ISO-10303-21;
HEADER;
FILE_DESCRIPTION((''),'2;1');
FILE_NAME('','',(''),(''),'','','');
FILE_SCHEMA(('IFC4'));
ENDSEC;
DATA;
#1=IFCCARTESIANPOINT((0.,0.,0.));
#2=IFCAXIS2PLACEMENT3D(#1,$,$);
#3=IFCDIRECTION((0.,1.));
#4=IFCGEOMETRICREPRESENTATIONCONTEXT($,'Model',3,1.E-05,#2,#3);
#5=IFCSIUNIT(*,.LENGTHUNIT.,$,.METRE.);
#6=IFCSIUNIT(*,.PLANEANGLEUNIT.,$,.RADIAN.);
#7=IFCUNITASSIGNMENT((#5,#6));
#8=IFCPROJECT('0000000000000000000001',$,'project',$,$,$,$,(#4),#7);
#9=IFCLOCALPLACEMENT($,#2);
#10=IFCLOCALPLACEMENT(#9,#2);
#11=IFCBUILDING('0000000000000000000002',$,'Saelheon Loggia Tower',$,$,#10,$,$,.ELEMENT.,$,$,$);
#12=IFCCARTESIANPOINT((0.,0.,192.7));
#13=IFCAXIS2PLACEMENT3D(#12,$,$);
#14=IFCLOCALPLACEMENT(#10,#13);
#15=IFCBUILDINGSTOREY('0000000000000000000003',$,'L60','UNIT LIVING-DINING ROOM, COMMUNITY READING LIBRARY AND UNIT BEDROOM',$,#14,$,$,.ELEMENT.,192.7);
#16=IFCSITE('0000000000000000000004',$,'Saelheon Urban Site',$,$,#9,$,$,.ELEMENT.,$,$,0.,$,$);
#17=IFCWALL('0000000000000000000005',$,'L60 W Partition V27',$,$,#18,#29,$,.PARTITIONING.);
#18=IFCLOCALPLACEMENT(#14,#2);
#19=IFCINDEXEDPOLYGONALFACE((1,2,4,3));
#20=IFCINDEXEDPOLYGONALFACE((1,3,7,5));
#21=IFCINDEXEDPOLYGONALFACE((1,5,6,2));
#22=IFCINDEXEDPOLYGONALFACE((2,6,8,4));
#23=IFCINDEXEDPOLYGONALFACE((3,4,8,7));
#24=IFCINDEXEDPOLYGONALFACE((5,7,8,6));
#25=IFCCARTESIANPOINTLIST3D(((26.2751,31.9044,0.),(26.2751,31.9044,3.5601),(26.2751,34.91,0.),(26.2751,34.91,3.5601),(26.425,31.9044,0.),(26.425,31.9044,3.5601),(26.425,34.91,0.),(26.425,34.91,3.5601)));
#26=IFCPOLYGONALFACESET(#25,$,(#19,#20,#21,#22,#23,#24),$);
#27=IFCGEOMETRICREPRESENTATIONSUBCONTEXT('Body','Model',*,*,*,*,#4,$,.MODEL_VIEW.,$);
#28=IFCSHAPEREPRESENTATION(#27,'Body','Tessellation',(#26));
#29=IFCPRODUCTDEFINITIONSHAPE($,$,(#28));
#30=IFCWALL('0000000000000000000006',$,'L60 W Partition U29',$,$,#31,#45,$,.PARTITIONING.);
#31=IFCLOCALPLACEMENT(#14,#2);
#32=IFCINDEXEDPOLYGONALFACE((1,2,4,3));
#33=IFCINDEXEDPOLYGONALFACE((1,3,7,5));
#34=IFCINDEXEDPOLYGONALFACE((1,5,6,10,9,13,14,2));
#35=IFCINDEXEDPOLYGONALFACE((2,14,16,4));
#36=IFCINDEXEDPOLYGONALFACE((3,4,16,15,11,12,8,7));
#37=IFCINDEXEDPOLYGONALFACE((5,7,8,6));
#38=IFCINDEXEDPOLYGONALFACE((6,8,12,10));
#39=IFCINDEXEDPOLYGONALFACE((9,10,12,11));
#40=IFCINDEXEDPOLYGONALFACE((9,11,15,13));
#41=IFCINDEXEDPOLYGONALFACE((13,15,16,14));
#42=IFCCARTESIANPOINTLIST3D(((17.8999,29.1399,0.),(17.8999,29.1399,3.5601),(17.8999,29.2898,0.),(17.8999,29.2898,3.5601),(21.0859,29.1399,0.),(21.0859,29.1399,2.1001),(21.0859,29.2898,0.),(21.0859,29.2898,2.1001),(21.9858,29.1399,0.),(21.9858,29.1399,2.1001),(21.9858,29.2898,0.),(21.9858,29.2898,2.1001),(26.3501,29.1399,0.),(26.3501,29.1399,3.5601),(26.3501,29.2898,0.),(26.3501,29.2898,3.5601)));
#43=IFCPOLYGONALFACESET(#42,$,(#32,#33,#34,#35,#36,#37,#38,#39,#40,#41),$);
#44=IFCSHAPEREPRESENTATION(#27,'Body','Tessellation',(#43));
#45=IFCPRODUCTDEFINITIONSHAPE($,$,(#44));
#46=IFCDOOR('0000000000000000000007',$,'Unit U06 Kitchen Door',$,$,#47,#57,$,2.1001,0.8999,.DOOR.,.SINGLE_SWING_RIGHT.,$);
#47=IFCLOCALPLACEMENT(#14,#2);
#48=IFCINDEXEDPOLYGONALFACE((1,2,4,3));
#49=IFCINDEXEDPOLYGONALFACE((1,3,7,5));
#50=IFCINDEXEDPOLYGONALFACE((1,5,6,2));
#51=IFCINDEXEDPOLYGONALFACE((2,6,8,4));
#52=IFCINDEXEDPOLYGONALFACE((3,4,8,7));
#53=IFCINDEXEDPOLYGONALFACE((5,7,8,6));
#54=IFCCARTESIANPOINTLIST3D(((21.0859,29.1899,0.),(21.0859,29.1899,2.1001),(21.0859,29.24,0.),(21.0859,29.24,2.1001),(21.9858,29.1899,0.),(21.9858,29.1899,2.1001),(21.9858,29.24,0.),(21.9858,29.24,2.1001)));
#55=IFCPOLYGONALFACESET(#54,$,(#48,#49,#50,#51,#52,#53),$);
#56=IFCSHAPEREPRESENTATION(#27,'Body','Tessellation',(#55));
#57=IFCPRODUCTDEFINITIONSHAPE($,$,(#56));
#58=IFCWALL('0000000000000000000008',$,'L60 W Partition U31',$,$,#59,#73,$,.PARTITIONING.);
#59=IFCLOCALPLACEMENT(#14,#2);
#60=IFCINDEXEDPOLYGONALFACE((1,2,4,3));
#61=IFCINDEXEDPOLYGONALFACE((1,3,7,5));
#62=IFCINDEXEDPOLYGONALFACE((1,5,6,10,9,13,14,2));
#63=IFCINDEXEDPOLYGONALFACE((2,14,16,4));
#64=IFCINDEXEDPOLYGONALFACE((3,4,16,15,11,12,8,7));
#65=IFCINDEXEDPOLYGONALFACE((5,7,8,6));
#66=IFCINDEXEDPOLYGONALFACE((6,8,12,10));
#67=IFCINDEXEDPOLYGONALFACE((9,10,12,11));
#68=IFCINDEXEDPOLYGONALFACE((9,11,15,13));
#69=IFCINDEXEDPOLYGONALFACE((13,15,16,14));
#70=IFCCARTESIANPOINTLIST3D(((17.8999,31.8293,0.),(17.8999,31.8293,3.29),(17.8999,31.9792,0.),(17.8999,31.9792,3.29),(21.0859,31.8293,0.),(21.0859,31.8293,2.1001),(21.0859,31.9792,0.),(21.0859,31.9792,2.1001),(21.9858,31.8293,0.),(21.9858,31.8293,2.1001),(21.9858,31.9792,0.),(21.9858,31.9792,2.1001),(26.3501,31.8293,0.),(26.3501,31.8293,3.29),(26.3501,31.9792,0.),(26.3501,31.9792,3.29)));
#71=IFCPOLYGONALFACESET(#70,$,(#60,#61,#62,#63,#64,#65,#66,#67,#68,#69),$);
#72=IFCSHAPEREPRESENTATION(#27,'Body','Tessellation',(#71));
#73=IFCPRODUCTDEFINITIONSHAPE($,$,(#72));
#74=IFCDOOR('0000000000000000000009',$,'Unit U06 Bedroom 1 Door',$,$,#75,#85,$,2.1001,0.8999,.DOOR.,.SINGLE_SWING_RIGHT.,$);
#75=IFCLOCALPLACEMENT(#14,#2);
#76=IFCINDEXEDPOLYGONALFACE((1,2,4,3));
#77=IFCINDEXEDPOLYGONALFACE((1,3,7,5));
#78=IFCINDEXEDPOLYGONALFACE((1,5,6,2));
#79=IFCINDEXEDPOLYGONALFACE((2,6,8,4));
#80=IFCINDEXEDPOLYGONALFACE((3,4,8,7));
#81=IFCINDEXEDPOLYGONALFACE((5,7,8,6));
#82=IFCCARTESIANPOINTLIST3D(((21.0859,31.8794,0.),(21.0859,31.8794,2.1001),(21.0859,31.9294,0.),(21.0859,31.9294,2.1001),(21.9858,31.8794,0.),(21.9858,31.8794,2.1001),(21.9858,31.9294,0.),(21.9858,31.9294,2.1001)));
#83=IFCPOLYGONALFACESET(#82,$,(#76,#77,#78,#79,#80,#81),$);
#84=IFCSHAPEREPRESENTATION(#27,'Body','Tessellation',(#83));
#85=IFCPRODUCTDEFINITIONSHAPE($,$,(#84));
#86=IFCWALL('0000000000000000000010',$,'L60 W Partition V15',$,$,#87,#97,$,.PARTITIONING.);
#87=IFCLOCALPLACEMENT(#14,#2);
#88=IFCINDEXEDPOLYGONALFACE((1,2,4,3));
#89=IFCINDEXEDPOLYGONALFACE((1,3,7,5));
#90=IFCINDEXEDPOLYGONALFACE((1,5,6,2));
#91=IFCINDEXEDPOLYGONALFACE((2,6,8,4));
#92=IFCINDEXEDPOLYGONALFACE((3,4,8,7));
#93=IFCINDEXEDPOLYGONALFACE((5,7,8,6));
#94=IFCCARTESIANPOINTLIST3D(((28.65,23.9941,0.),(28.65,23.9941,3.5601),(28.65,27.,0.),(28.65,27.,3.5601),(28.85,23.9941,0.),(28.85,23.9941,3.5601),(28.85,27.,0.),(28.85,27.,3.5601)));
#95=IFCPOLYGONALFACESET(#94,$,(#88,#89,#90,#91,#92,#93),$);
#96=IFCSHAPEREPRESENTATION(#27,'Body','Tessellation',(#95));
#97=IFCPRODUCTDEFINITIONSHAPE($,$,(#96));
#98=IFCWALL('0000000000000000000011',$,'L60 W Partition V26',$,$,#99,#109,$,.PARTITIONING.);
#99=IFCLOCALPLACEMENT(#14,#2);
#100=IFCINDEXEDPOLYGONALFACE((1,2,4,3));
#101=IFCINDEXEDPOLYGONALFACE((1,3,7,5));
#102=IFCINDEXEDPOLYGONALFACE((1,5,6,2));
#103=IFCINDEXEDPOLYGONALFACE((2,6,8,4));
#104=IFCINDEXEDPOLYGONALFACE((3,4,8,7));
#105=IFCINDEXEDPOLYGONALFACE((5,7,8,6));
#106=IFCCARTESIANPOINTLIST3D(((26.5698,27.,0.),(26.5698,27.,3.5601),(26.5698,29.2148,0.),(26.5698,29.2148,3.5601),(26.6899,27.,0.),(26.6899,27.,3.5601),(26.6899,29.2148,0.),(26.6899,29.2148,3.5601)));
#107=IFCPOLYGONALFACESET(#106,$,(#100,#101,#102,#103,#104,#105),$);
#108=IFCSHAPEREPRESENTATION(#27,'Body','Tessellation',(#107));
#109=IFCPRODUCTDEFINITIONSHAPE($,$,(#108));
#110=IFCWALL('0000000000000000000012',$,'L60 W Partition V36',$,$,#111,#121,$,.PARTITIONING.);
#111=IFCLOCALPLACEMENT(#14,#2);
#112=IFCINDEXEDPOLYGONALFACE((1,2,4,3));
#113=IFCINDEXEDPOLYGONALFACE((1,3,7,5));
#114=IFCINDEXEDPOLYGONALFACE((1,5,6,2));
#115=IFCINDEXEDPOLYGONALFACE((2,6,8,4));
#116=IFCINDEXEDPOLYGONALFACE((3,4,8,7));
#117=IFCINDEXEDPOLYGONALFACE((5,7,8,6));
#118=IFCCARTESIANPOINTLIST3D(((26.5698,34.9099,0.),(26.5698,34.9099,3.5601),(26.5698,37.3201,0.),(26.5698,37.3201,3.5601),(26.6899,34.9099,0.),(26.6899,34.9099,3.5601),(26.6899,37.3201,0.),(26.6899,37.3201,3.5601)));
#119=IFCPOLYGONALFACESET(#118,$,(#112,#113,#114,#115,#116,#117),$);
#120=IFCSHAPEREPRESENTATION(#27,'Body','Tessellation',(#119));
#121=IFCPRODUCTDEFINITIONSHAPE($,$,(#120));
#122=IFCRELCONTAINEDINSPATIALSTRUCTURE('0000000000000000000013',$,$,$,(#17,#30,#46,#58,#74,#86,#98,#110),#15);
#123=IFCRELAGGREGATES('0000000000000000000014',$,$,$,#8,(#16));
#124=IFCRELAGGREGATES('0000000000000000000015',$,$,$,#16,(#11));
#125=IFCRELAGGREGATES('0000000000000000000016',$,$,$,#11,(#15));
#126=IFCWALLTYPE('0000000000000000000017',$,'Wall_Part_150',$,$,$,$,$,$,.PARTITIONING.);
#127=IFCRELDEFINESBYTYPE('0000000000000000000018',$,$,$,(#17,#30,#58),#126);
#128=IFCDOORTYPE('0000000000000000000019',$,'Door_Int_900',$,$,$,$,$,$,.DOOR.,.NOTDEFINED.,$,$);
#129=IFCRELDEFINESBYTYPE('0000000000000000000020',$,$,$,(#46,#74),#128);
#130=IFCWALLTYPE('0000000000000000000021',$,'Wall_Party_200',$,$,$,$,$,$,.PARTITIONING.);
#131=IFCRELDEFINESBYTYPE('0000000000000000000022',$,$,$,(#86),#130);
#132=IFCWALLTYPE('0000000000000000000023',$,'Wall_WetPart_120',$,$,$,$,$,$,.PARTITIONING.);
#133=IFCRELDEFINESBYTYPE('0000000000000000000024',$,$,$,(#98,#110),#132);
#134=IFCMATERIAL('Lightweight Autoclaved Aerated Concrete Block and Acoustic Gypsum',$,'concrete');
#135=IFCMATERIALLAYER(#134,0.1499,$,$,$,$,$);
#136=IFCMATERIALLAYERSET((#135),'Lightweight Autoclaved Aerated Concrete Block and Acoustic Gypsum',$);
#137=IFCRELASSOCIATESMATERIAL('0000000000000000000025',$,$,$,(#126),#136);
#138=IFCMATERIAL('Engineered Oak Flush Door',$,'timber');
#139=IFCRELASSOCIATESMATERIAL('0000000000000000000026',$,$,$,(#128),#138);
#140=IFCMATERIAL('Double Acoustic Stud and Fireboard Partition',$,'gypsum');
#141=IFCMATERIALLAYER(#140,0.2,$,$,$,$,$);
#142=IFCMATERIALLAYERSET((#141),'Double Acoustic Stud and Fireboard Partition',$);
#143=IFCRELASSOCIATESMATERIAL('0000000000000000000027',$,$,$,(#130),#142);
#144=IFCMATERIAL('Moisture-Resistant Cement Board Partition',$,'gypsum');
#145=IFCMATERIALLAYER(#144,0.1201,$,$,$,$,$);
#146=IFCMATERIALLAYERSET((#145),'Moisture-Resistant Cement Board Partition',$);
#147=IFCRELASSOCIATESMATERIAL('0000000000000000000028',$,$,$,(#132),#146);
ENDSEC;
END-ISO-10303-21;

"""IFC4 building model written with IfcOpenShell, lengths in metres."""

from ifc_helpers import new_model, si_unit, direction, frame, frame_2d, origin, place, context, subcontext, project, spatial, rectangle, extrude, source, transform, mapped, material, layer, layer_set, type_object, element, fill, save


model = new_model("IFC4")

# Units and contexts
model_context = context("Model", 3, precision=1e-05, world=origin(), true_north=direction((0.0, 1.0)))
body_context = subcontext(model_context, "Body", "Model", "MODEL_VIEW")
ifc_project = project(units=[si_unit("LENGTHUNIT", "METRE"), si_unit("PLANEANGLEUNIT", "RADIAN")], contexts=[model_context])

# Site, building, storey
site_placement = place(None, origin())
site = spatial("IfcSite", under=ifc_project, at=site_placement, Name="Saelheon Urban Site", CompositionType="ELEMENT", RefElevation=0.0)
building_placement = place(site_placement, origin())
building = spatial("IfcBuilding", under=site, at=building_placement, Name="Saelheon Loggia Tower", CompositionType="ELEMENT")
storey_placement = place(building_placement, frame((0.0, 0.0, 192.7)))
storey = spatial("IfcBuildingStorey", under=building, at=storey_placement, Name="L60", Description="UNIT LIVING-DINING ROOM, COMMUNITY READING LIBRARY AND UNIT BEDROOM", CompositionType="ELEMENT", Elevation=192.7)

# Shared definitions
ifc_material_1 = material(Name="Lightweight Autoclaved Aerated Concrete Block and Acoustic Gypsum", Category="concrete")
ifc_layer_1 = layer(ifc_material_1, 0.1499)
ifc_layer_set_1 = layer_set([ifc_layer_1], Name="Lightweight Autoclaved Aerated Concrete Block and Acoustic Gypsum")
wall_type_1 = type_object("IfcWallType", Name="Wall_Part_150", PredefinedType="PARTITIONING", material=ifc_layer_set_1)

# Shared definitions
ifc_material_2 = material(Name="Engineered Oak Flush Door", Category="timber")
door_type = type_object("IfcDoorType", Name="Door_Int_900", OperationType="NOTDEFINED", PredefinedType="DOOR", material=ifc_material_2)
shared_shape_1 = source(origin(), body_context, "Body", "SweptSolid", [
    extrude(rectangle(XDim=0.8999, YDim=2.1001, at=frame_2d((0.45, 1.05))), frame((0.0, 0.0249, 0.0), z_axis=(0.0, -1.0, 0.0), x_axis=(1.0, 0.0, 0.0)), (0.0, 0.0, 1.0), 0.05),
])

# Wall
wall_1_placement = place(storey_placement, frame((26.3501, 31.9043, 0.0), z_axis=(0.0, 0.0, 1.0), x_axis=(0.0, 1.0, 0.0)))
element("IfcWall", 1, at=wall_1_placement, inside=storey, type_object=wall_type_1, Name="L60 W Partition V27", PredefinedType="PARTITIONING", context=body_context, shape_type="SweptSolid", body=[
    extrude(rectangle(XDim=3.0056, YDim=0.1499, at=frame_2d((1.5029, 0.0))), origin(), (0.0, 0.0, 1.0), 3.5601),
])

# Walls, openings, doors
wall_2_placement = place(storey_placement, frame((26.3501, 29.2148, 0.0), z_axis=(0.0, 0.0, 1.0), x_axis=(-1.0, 0.0, 0.0)))
wall_2 = element("IfcWall", 2, at=wall_2_placement, inside=storey, type_object=wall_type_1, Name="L60 W Partition U29", PredefinedType="PARTITIONING", context=body_context, shape_type="SweptSolid", body=[
    extrude(rectangle(XDim=8.4502, YDim=0.1499, at=frame_2d((4.2251, 0.0))), origin(), (0.0, 0.0, 1.0), 3.5601),
])
opening_1_placement = place(wall_2_placement, frame((4.3643, 0.0, 0.0)))
opening_1 = element("IfcOpeningElement", 3, at=opening_1_placement, cuts=wall_2, PredefinedType="OPENING", context=body_context, shape_type="SweptSolid", body=[
    extrude(rectangle(XDim=0.8999, YDim=2.1001, at=frame_2d((0.45, 1.05))), frame((0.0, 0.0869, 0.0), z_axis=(0.0, -1.0, 0.0), x_axis=(1.0, 0.0, 0.0)), (0.0, 0.0, 1.0), 0.1738),
])
door_1_placement = place(opening_1_placement, origin())
door_1 = element("IfcDoor", 4, at=door_1_placement, inside=storey, type_object=door_type, Name="Unit U06 Kitchen Door", OperationType="SINGLE_SWING_RIGHT", OverallHeight=2.1001, OverallWidth=0.8999, PredefinedType="DOOR", context=body_context, shape_type="MappedRepresentation", body=[
    mapped(shared_shape_1, transform((0.0, 0.0, 0.0), scale=1.0)),
])
fill(opening_1, door_1)
wall_3_placement = place(storey_placement, frame((26.3501, 31.9043, 0.0), z_axis=(0.0, 0.0, 1.0), x_axis=(-1.0, 0.0, 0.0)))
wall_3 = element("IfcWall", 5, at=wall_3_placement, inside=storey, type_object=wall_type_1, Name="L60 W Partition U31", PredefinedType="PARTITIONING", context=body_context, shape_type="SweptSolid", body=[
    extrude(rectangle(XDim=8.4502, YDim=0.1499, at=frame_2d((4.2251, 0.0))), origin(), (0.0, 0.0, 1.0), 3.29),
])
opening_2_placement = place(wall_3_placement, frame((4.3643, 0.0, 0.0)))
opening_2 = element("IfcOpeningElement", 6, at=opening_2_placement, cuts=wall_3, PredefinedType="OPENING", context=body_context, shape_type="SweptSolid", body=[
    extrude(rectangle(XDim=0.8999, YDim=2.1001, at=frame_2d((0.45, 1.05))), frame((0.0, 0.0869, 0.0), z_axis=(0.0, -1.0, 0.0), x_axis=(1.0, 0.0, 0.0)), (0.0, 0.0, 1.0), 0.1738),
])
door_2_placement = place(opening_2_placement, origin())
door_2 = element("IfcDoor", 7, at=door_2_placement, inside=storey, type_object=door_type, Name="Unit U06 Bedroom 1 Door", OperationType="SINGLE_SWING_RIGHT", OverallHeight=2.1001, OverallWidth=0.8999, PredefinedType="DOOR", context=body_context, shape_type="MappedRepresentation", body=[
    mapped(shared_shape_1, transform((0.0, 0.0, 0.0), scale=1.0)),
])
fill(opening_2, door_2)

# Walls
ifc_material_3 = material(Name="Double Acoustic Stud and Fireboard Partition", Category="gypsum")
ifc_layer_2 = layer(ifc_material_3, 0.2)
ifc_layer_set_2 = layer_set([ifc_layer_2], Name="Double Acoustic Stud and Fireboard Partition")
wall_type_2 = type_object("IfcWallType", Name="Wall_Party_200", PredefinedType="PARTITIONING", material=ifc_layer_set_2)
wall_4_placement = place(storey_placement, frame((28.75, 23.9941, 0.0), z_axis=(0.0, 0.0, 1.0), x_axis=(0.0, 1.0, 0.0)))
element("IfcWall", 8, at=wall_4_placement, inside=storey, type_object=wall_type_2, Name="L60 W Partition V15", PredefinedType="PARTITIONING", context=body_context, shape_type="SweptSolid", body=[
    extrude(rectangle(XDim=3.0059, YDim=0.2, at=frame_2d((1.5029, 0.0))), origin(), (0.0, 0.0, 1.0), 3.5601),
])
ifc_material_4 = material(Name="Moisture-Resistant Cement Board Partition", Category="gypsum")
ifc_layer_3 = layer(ifc_material_4, 0.1201)
ifc_layer_set_3 = layer_set([ifc_layer_3], Name="Moisture-Resistant Cement Board Partition")
wall_type_3 = type_object("IfcWallType", Name="Wall_WetPart_120", PredefinedType="PARTITIONING", material=ifc_layer_set_3)
wall_5_placement = place(storey_placement, frame((26.6299, 27.0, 0.0), z_axis=(0.0, 0.0, 1.0), x_axis=(0.0, 1.0, 0.0)))
element("IfcWall", 9, at=wall_5_placement, inside=storey, type_object=wall_type_3, Name="L60 W Partition V26", PredefinedType="PARTITIONING", context=body_context, shape_type="SweptSolid", body=[
    extrude(rectangle(XDim=2.2148, YDim=0.1201, at=frame_2d((1.1074, 0.0))), origin(), (0.0, 0.0, 1.0), 3.5601),
])
wall_6_placement = place(storey_placement, frame((26.6299, 34.9099, 0.0), z_axis=(0.0, 0.0, 1.0), x_axis=(0.0, 1.0, 0.0)))
element("IfcWall", 10, at=wall_6_placement, inside=storey, type_object=wall_type_3, Name="L60 W Partition V36", PredefinedType="PARTITIONING", context=body_context, shape_type="SweptSolid", body=[
    extrude(rectangle(XDim=2.4102, YDim=0.1201, at=frame_2d((1.2051, 0.0))), origin(), (0.0, 0.0, 1.0), 3.5601),
])

save(model, "model.ifc")
